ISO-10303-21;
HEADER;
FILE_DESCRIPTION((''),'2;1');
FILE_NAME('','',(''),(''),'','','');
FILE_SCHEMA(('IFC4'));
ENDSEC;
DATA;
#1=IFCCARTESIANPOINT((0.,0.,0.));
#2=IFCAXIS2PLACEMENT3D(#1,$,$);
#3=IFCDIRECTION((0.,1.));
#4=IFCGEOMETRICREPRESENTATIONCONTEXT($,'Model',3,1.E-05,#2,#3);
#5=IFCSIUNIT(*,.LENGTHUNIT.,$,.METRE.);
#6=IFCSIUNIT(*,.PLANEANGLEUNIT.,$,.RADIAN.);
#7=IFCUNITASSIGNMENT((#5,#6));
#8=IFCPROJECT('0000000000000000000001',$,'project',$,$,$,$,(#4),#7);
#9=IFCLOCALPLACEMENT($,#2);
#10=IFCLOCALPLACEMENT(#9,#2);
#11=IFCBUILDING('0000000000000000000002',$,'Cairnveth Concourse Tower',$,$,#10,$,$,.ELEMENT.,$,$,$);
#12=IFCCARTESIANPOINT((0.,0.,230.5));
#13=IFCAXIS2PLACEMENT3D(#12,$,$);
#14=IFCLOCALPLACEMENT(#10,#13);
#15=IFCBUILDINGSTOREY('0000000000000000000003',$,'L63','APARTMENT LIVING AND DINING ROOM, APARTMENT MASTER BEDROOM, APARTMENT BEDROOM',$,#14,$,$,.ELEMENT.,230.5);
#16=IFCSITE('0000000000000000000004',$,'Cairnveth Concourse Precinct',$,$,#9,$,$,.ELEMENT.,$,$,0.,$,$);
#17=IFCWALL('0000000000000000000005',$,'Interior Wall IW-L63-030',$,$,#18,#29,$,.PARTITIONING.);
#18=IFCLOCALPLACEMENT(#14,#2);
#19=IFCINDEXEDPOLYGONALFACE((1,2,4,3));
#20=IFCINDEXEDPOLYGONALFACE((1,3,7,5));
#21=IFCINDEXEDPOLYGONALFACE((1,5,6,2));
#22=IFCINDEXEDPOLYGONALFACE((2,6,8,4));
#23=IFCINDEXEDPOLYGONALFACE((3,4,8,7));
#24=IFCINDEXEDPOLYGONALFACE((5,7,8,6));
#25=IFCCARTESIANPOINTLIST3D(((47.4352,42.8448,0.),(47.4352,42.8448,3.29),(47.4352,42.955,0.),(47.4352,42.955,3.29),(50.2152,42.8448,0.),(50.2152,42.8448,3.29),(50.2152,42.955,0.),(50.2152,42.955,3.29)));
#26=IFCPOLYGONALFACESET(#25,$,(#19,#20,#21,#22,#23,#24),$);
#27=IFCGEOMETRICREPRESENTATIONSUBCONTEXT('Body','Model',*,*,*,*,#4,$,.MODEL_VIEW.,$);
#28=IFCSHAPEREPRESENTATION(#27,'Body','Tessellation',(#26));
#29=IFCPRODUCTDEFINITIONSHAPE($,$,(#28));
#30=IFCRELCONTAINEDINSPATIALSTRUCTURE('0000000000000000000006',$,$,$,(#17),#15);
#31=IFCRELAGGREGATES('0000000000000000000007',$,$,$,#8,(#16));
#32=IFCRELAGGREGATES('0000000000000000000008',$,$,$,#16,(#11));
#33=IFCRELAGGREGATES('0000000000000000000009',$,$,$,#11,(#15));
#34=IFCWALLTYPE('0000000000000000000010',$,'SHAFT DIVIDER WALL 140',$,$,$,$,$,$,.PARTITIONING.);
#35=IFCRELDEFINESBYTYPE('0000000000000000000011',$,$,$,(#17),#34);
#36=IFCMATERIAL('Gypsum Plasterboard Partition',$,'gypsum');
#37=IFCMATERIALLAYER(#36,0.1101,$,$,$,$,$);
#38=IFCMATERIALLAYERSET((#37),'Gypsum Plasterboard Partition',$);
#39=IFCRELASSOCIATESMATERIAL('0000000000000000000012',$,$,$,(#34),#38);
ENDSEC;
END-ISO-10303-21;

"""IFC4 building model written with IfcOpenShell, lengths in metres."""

from ifc_helpers import new_model, si_unit, direction, frame, frame_2d, origin, place, context, subcontext, project, spatial, rectangle, extrude, material, layer, layer_set, type_object, element, save


model = new_model("IFC4")

# Units and contexts
model_context = context("Model", 3, precision=1e-05, world=origin(), true_north=direction((0.0, 1.0)))
body_context = subcontext(model_context, "Body", "Model", "MODEL_VIEW")
ifc_project = project(units=[si_unit("LENGTHUNIT", "METRE"), si_unit("PLANEANGLEUNIT", "RADIAN")], contexts=[model_context])

# Site, building, storey
site_placement = place(None, origin())
site = spatial("IfcSite", under=ifc_project, at=site_placement, Name="Cairnveth Concourse Precinct", CompositionType="ELEMENT", RefElevation=0.0)
building_placement = place(site_placement, origin())
building = spatial("IfcBuilding", under=site, at=building_placement, Name="Cairnveth Concourse Tower", CompositionType="ELEMENT")
storey_placement = place(building_placement, frame((0.0, 0.0, 230.5)))
storey = spatial("IfcBuildingStorey", under=building, at=storey_placement, Name="L63", Description="APARTMENT LIVING AND DINING ROOM, APARTMENT MASTER BEDROOM, APARTMENT BEDROOM", CompositionType="ELEMENT", Elevation=230.5)

# Wall
ifc_material_1 = material(Name="Gypsum Plasterboard Partition", Category="gypsum")
ifc_layer_1 = layer(ifc_material_1, 0.1101)
ifc_layer_set_1 = layer_set([ifc_layer_1], Name="Gypsum Plasterboard Partition")
wall_type_1 = type_object("IfcWallType", Name="SHAFT DIVIDER WALL 140", PredefinedType="PARTITIONING", material=ifc_layer_set_1)
wall_1_placement = place(storey_placement, frame((47.4351, 42.8999, 0.0), z_axis=(0.0, 0.0, 1.0), x_axis=(1.0, 0.0, 0.0)))
element("IfcWall", 1, at=wall_1_placement, inside=storey, type_object=wall_type_1, Name="Interior Wall IW-L63-030", PredefinedType="PARTITIONING", context=body_context, shape_type="SweptSolid", body=[
    extrude(rectangle(XDim=2.78, YDim=0.1101, at=frame_2d((1.3901, 0.0))), origin(), (0.0, 0.0, 1.0), 3.29),
])

save(model, "model.ifc")
